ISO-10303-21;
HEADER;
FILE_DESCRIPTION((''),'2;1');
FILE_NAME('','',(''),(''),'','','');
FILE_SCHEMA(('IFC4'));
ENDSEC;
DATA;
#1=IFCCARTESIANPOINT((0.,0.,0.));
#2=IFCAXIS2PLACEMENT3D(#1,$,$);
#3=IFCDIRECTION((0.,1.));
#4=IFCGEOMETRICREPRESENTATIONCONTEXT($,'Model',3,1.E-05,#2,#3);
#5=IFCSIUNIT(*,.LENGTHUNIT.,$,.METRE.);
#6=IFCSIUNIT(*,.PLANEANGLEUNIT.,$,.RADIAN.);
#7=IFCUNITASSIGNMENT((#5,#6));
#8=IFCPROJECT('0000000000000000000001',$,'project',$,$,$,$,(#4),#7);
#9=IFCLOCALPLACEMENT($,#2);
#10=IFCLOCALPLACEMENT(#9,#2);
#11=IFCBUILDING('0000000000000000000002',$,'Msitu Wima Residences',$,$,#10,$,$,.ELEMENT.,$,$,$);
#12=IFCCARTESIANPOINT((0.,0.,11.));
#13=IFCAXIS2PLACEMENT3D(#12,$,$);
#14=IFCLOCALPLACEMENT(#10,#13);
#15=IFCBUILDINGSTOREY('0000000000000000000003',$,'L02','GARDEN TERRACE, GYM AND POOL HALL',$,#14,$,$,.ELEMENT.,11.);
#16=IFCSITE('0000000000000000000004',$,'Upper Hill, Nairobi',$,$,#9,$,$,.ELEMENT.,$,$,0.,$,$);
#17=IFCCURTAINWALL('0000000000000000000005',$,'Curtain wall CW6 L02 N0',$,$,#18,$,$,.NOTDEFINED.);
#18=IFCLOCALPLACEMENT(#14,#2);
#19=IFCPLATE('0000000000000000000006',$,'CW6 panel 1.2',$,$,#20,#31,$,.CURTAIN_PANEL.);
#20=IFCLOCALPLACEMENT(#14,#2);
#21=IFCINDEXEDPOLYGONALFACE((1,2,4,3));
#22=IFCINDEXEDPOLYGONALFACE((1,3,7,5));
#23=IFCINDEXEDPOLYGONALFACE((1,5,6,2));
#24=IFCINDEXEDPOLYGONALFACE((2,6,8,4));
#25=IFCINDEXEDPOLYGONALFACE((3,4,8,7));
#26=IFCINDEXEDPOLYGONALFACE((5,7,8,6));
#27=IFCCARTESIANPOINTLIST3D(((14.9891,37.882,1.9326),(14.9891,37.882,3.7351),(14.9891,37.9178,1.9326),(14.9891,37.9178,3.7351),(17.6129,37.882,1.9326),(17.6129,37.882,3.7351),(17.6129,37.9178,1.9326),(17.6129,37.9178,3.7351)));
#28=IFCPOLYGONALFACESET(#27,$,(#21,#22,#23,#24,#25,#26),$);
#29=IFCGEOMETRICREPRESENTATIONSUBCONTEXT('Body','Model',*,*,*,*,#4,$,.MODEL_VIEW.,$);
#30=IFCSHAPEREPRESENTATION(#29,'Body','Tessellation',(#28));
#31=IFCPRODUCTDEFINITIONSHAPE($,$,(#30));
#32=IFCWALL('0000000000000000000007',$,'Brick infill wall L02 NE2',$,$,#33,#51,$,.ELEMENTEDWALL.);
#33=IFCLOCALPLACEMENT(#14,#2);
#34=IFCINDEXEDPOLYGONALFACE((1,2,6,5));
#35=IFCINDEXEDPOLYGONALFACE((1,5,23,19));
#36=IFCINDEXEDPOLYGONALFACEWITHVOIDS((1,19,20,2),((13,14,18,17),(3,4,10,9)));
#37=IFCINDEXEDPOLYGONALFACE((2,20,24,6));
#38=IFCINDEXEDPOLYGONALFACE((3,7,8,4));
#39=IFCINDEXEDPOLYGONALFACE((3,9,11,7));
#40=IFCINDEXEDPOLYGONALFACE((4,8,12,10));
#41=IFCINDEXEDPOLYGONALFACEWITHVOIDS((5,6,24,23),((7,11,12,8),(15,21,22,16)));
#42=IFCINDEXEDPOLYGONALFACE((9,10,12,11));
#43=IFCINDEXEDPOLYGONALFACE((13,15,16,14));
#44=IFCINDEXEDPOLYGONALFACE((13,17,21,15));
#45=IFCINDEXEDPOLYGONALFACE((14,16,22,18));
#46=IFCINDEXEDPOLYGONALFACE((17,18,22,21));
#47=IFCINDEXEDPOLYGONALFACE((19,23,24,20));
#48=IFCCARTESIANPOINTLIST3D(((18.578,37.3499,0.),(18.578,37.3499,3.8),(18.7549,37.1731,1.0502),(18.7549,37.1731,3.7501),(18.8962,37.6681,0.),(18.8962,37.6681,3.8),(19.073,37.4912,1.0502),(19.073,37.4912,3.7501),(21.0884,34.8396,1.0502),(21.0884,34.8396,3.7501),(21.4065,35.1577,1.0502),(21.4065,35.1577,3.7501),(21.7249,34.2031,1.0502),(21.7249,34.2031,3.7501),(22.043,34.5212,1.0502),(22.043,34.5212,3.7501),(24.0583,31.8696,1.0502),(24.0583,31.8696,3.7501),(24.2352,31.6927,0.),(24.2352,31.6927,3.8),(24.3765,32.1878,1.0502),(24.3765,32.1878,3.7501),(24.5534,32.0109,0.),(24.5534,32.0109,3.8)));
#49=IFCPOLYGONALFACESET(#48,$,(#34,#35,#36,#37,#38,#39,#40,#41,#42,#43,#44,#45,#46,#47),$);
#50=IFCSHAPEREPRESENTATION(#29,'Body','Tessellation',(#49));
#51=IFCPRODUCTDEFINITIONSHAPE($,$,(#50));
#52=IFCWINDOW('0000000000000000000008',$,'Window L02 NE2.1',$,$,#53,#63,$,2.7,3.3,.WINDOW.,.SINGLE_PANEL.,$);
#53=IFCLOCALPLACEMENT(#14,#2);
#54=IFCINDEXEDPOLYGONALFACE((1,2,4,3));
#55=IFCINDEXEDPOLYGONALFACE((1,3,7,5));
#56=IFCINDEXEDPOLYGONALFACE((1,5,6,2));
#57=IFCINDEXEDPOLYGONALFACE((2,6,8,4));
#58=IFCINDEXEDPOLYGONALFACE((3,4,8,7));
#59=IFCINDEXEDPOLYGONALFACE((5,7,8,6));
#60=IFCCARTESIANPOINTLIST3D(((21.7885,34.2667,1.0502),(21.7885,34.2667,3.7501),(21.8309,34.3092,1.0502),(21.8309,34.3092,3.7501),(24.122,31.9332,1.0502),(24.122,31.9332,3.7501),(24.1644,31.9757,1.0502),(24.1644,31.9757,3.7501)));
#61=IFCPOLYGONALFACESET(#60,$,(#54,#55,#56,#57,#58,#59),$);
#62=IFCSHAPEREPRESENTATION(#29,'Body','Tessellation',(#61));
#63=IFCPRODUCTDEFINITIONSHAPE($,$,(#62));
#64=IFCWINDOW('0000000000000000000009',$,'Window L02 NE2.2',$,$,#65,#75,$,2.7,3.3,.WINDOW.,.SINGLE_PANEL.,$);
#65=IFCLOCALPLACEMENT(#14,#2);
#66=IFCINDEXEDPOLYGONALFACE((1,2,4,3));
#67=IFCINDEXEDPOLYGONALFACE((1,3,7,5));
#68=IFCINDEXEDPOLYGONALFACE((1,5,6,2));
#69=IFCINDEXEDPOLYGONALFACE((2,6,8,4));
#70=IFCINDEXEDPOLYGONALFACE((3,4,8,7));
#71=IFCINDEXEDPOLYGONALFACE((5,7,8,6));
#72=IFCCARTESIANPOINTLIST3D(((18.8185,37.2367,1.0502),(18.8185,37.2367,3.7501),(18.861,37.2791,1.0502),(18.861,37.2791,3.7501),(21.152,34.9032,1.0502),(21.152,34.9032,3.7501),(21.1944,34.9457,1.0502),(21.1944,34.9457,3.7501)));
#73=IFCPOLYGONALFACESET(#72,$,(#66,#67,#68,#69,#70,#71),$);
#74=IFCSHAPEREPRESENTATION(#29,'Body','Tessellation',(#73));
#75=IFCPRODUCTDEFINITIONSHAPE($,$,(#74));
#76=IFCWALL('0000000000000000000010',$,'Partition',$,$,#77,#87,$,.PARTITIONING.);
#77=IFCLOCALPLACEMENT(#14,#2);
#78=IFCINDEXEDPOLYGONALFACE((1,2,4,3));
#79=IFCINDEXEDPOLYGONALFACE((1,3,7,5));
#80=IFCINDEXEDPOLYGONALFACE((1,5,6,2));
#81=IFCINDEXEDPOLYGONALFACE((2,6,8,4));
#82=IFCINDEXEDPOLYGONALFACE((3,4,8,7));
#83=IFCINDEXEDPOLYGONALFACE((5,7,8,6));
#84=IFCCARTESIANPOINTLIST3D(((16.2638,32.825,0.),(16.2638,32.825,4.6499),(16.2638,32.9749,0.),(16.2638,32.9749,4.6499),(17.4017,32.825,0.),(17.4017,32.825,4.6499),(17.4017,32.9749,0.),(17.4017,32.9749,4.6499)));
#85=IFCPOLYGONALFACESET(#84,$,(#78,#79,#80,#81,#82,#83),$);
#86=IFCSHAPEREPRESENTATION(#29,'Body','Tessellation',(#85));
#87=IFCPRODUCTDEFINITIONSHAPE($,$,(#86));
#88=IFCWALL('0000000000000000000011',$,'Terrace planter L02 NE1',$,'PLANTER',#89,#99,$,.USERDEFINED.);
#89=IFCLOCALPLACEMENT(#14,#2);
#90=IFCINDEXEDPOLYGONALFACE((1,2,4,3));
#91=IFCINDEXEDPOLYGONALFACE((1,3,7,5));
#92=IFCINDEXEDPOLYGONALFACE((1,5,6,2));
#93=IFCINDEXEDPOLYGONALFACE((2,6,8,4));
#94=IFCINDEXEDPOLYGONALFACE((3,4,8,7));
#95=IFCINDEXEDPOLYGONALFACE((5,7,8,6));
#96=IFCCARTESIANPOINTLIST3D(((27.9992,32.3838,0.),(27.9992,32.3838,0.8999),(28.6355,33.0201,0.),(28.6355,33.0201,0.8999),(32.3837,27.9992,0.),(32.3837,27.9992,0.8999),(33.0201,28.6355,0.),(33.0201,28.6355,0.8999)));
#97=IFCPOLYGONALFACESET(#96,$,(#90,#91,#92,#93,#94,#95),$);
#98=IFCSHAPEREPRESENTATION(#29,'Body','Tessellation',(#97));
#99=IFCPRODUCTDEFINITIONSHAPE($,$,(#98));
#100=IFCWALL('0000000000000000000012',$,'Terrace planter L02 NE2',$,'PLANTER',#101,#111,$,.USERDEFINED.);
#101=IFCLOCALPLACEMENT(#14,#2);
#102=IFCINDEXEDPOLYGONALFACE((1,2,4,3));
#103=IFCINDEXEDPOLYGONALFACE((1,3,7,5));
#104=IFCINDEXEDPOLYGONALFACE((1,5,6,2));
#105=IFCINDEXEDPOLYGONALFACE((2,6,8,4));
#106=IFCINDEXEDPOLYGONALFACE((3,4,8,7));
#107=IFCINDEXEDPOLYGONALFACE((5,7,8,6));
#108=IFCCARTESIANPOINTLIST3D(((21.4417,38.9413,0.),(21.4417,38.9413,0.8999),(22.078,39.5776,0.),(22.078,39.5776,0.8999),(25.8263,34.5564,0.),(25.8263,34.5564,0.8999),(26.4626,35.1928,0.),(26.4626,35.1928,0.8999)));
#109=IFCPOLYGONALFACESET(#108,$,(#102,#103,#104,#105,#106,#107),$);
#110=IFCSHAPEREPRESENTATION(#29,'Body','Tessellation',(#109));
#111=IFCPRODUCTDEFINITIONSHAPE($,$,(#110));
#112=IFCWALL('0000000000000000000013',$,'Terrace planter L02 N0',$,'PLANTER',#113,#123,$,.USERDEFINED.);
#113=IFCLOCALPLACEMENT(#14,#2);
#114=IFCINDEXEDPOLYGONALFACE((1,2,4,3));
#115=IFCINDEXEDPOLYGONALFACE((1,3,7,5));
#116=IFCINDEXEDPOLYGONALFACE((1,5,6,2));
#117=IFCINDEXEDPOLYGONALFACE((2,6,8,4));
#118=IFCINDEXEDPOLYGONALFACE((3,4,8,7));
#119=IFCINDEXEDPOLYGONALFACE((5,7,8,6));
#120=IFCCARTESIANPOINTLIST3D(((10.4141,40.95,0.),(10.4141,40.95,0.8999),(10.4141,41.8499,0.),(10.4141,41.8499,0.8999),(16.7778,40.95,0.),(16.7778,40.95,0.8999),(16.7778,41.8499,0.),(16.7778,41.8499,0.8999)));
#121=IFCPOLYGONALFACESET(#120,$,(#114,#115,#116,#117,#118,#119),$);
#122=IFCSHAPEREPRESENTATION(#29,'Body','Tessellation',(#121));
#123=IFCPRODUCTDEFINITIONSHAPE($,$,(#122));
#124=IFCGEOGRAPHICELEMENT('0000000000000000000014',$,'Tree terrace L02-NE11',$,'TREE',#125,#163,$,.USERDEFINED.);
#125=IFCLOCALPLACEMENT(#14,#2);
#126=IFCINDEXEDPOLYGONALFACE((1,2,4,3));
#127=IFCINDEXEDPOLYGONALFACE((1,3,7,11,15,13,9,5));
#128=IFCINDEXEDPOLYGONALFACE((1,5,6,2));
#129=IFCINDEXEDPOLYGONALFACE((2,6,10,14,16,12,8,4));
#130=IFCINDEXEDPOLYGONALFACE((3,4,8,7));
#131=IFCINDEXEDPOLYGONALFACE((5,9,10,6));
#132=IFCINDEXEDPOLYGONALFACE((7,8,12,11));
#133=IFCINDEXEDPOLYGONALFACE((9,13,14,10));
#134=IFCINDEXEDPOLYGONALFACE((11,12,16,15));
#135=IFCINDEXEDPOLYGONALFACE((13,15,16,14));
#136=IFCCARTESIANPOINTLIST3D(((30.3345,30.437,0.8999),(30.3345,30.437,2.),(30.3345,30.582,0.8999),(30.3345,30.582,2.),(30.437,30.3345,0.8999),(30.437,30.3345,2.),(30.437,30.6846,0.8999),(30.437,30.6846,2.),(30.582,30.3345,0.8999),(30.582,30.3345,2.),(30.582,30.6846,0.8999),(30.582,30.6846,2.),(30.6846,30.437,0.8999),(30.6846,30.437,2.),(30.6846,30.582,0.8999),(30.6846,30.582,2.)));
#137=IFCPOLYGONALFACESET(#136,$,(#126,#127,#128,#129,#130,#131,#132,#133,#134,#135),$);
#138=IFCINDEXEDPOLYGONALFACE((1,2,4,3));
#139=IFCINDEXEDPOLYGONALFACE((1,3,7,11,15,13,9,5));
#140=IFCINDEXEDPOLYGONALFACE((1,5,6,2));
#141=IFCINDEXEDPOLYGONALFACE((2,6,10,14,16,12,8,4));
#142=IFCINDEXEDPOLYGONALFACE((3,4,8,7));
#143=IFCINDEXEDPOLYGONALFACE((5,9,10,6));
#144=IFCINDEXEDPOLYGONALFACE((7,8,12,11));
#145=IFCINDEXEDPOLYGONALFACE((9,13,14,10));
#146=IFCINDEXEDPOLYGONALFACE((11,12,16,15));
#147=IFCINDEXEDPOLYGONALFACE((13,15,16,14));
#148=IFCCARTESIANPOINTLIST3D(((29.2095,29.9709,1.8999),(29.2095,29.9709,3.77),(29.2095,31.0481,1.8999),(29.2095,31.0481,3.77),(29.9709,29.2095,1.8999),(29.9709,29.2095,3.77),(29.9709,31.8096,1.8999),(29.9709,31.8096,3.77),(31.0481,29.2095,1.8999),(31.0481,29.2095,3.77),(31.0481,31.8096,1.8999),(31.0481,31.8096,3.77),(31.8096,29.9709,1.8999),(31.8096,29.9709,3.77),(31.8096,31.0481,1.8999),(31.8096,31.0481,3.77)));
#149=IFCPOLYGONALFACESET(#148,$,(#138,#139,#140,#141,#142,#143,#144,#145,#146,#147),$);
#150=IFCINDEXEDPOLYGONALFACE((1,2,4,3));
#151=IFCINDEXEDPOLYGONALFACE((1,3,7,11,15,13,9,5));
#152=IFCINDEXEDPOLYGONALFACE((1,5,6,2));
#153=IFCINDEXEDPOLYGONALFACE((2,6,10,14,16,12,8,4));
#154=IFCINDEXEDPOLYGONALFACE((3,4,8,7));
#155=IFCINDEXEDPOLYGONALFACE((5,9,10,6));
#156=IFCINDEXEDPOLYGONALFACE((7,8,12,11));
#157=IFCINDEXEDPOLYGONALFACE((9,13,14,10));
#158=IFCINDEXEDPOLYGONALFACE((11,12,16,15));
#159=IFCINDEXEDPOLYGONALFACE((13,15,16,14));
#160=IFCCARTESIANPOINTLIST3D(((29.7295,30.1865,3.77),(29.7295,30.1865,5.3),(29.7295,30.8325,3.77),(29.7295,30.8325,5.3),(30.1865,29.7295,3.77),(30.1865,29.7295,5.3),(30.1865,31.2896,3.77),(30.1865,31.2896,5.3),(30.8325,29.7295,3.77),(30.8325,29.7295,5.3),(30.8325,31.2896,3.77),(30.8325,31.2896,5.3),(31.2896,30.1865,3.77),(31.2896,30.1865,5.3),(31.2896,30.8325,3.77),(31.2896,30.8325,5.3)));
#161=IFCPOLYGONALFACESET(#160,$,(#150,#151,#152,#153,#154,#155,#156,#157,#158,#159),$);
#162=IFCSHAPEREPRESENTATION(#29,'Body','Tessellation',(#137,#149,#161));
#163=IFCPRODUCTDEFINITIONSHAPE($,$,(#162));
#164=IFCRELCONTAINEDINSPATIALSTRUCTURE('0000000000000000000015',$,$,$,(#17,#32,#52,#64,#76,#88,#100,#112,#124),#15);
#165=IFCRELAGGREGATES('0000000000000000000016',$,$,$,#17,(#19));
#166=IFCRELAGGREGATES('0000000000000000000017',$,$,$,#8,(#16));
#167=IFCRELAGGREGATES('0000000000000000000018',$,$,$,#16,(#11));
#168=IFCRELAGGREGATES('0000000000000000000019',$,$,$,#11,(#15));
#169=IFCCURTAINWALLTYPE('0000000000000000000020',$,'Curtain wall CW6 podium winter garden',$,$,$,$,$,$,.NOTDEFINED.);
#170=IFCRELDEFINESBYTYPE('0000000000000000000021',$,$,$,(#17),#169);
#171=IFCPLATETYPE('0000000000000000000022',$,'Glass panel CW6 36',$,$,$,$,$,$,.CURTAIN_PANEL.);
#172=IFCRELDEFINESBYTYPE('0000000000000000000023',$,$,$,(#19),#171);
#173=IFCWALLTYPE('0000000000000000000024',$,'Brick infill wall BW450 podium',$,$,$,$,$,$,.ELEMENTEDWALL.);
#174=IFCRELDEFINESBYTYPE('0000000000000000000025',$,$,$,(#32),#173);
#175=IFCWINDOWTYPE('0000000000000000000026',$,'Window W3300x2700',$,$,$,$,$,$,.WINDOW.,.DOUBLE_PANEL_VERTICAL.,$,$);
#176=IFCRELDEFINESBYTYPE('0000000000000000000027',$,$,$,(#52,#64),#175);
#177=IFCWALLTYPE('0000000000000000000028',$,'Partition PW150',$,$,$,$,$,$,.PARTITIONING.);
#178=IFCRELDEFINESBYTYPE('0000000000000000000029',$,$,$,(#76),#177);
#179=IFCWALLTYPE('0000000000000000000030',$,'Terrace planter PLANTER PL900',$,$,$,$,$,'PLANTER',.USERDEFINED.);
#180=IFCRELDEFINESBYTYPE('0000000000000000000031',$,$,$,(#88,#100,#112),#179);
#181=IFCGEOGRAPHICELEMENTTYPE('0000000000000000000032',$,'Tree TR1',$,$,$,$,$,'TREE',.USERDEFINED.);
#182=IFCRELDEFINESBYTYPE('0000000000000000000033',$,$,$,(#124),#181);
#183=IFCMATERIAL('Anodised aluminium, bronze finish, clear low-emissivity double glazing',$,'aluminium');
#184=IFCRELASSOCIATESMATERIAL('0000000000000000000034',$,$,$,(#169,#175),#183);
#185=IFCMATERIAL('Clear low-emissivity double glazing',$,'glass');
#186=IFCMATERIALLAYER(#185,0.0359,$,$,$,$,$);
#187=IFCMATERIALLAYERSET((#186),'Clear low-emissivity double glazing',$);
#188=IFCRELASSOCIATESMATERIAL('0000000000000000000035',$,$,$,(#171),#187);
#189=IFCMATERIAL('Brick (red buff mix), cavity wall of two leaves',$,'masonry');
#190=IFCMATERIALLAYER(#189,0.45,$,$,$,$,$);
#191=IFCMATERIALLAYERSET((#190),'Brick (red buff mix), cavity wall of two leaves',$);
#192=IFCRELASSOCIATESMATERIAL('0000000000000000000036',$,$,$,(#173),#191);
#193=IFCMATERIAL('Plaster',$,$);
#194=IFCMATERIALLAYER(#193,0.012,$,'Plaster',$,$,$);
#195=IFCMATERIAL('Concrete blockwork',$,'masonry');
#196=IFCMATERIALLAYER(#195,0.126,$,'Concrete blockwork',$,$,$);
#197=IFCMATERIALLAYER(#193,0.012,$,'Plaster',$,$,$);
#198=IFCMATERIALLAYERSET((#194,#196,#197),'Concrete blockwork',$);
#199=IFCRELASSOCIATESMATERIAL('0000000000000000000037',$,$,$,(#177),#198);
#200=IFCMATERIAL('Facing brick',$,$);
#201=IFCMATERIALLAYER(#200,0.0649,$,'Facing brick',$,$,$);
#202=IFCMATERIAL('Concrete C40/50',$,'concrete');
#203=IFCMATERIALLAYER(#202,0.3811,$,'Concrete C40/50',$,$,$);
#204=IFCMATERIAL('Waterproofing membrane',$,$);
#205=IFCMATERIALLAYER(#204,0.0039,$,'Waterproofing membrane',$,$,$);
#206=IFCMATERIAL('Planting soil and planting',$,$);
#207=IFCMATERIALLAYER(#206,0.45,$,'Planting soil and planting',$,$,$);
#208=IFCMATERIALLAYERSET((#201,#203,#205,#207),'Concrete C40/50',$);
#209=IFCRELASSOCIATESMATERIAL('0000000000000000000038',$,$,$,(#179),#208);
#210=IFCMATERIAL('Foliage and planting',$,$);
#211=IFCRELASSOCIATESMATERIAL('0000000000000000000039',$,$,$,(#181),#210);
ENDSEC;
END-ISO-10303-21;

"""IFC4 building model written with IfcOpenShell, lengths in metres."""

from ifc_helpers import new_model, si_unit, direction, frame, frame_2d, origin, origin_2d, place, context, subcontext, project, spatial, polyline, rectangle, outline, extrude, material, layer, layer_set, type_object, element, fill, aggregate, save


model = new_model("IFC4")

# Units and contexts
model_context = context("Model", 3, precision=1e-05, world=origin(), true_north=direction((0.0, 1.0)))
body_context = subcontext(model_context, "Body", "Model", "MODEL_VIEW")
ifc_project = project(units=[si_unit("LENGTHUNIT", "METRE"), si_unit("PLANEANGLEUNIT", "RADIAN")], contexts=[model_context])

# Site, building, storey
site_placement = place(None, origin())
site = spatial("IfcSite", under=ifc_project, at=site_placement, Name="Upper Hill, Nairobi", CompositionType="ELEMENT", RefElevation=0.0)
building_placement = place(site_placement, origin())
building = spatial("IfcBuilding", under=site, at=building_placement, Name="Msitu Wima Residences", CompositionType="ELEMENT")
storey_placement = place(building_placement, frame((0.0, 0.0, 11.0)))
storey = spatial("IfcBuildingStorey", under=building, at=storey_placement, Name="L02", Description="GARDEN TERRACE, GYM AND POOL HALL", CompositionType="ELEMENT", Elevation=11.0)

# Curtain wall
ifc_material_1 = material(Name="Anodised aluminium, bronze finish, clear low-emissivity double glazing", Category="aluminium")
curtain_wall_type = type_object("IfcCurtainWallType", Name="Curtain wall CW6 podium winter garden", PredefinedType="NOTDEFINED", material=ifc_material_1)
curtain_wall_placement = place(storey_placement, origin())
curtain_wall = element("IfcCurtainWall", 1, at=curtain_wall_placement, inside=storey, type_object=curtain_wall_type, Name="Curtain wall CW6 L02 N0", PredefinedType="NOTDEFINED")

# Plate
ifc_material_2 = material(Name="Clear low-emissivity double glazing", Category="glass")
ifc_layer_1 = layer(ifc_material_2, 0.0359)
ifc_layer_set_1 = layer_set([ifc_layer_1], Name="Clear low-emissivity double glazing")
plate_type = type_object("IfcPlateType", Name="Glass panel CW6 36", PredefinedType="CURTAIN_PANEL", material=ifc_layer_set_1)
plate_1_placement = place(storey_placement, frame((16.301, 37.8999, 1.9326), z_axis=(0.0, 0.0, 1.0), x_axis=(-1.0, 0.0, 0.0)))
plate_1 = element("IfcPlate", 2, at=plate_1_placement, type_object=plate_type, Name="CW6 panel 1.2", PredefinedType="CURTAIN_PANEL", context=body_context, shape_type="SweptSolid", body=[
    extrude(rectangle(XDim=2.6238, YDim=0.0359, at=origin_2d()), origin(), (0.0, 0.0, 1.0), 1.8025),
])
aggregate(curtain_wall, [plate_1])

# Wall, openings, windows
ifc_material_3 = material(Name="Brick (red buff mix), cavity wall of two leaves", Category="masonry")
ifc_layer_2 = layer(ifc_material_3, 0.45)
ifc_layer_set_2 = layer_set([ifc_layer_2], Name="Brick (red buff mix), cavity wall of two leaves")
wall_type_1 = type_object("IfcWallType", Name="Brick infill wall BW450 podium", PredefinedType="ELEMENTEDWALL", material=ifc_layer_set_2)
wall_1_placement = place(storey_placement, frame((24.3943, 31.8518, 0.0), z_axis=(0.0, 0.0, 1.0), x_axis=(-0.707107, 0.707107, 0.0)))
wall_1 = element("IfcWall", 3, at=wall_1_placement, inside=storey, type_object=wall_type_1, Name="Brick infill wall L02 NE2", PredefinedType="ELEMENTEDWALL", context=body_context, shape_type="SweptSolid", body=[
    extrude(rectangle(XDim=8.0005, YDim=0.45, at=frame_2d((4.0002, 0.0))), origin(), (0.0, 0.0, 1.0), 3.8),
])
opening_1_placement = place(wall_1_placement, frame((0.2502, 0.0, 1.05)))
opening_1 = element("IfcOpeningElement", 4, at=opening_1_placement, cuts=wall_1, PredefinedType="OPENING", context=body_context, shape_type="SweptSolid", body=[
    extrude(rectangle(XDim=3.3, YDim=2.7, at=frame_2d((1.6499, 1.3501))), frame((0.0, 0.2349, 0.0), z_axis=(0.0, -1.0, 0.0), x_axis=(1.0, 0.0, 0.0)), (0.0, 0.0, 1.0), 0.47),
])
opening_2_placement = place(wall_1_placement, frame((4.4504, 0.0, 1.05)))
opening_2 = element("IfcOpeningElement", 5, at=opening_2_placement, cuts=wall_1, PredefinedType="OPENING", context=body_context, shape_type="SweptSolid", body=[
    extrude(rectangle(XDim=3.3, YDim=2.7, at=frame_2d((1.6499, 1.3501))), frame((0.0, 0.2349, 0.0), z_axis=(0.0, -1.0, 0.0), x_axis=(1.0, 0.0, 0.0)), (0.0, 0.0, 1.0), 0.47),
])
window_type = type_object("IfcWindowType", Name="Window W3300x2700", PartitioningType="DOUBLE_PANEL_VERTICAL", PredefinedType="WINDOW", material=ifc_material_1)
window_1_placement = place(opening_1_placement, origin())
window_1 = element("IfcWindow", 6, at=window_1_placement, inside=storey, type_object=window_type, Name="Window L02 NE2.1", OverallHeight=2.7, OverallWidth=3.3, PartitioningType="SINGLE_PANEL", PredefinedType="WINDOW", context=body_context, shape_type="SweptSolid", body=[
    extrude(rectangle(XDim=3.3, YDim=2.7, at=frame_2d((1.6499, 1.3501))), frame((0.0, 0.135, 0.0), z_axis=(0.0, -1.0, 0.0), x_axis=(1.0, 0.0, 0.0)), (0.0, 0.0, 1.0), 0.0601),
])
fill(opening_1, window_1)
window_2_placement = place(opening_2_placement, origin())
window_2 = element("IfcWindow", 7, at=window_2_placement, inside=storey, type_object=window_type, Name="Window L02 NE2.2", OverallHeight=2.7, OverallWidth=3.3, PartitioningType="SINGLE_PANEL", PredefinedType="WINDOW", context=body_context, shape_type="SweptSolid", body=[
    extrude(rectangle(XDim=3.3, YDim=2.7, at=frame_2d((1.6499, 1.3501))), frame((0.0, 0.135, 0.0), z_axis=(0.0, -1.0, 0.0), x_axis=(1.0, 0.0, 0.0)), (0.0, 0.0, 1.0), 0.0601),
])
fill(opening_2, window_2)

# Walls
ifc_material_4 = material(Name="Plaster")
ifc_layer_3 = layer(ifc_material_4, 0.012, Name="Plaster")
ifc_material_5 = material(Name="Concrete blockwork", Category="masonry")
ifc_layer_4 = layer(ifc_material_5, 0.126, Name="Concrete blockwork")
ifc_layer_5 = layer(ifc_material_4, 0.012, Name="Plaster")
ifc_layer_set_3 = layer_set([ifc_layer_3, ifc_layer_4, ifc_layer_5], Name="Concrete blockwork")
wall_type_2 = type_object("IfcWallType", Name="Partition PW150", PredefinedType="PARTITIONING", material=ifc_layer_set_3)
wall_2_placement = place(storey_placement, frame((16.2639, 32.8999, 0.0), z_axis=(0.0, 0.0, 1.0), x_axis=(1.0, 0.0, 0.0)))
element("IfcWall", 8, at=wall_2_placement, inside=storey, type_object=wall_type_2, Name="Partition", PredefinedType="PARTITIONING", context=body_context, shape_type="SweptSolid", body=[
    extrude(rectangle(XDim=1.1379, YDim=0.1499, at=frame_2d((0.5688, 0.0))), origin(), (0.0, 0.0, 1.0), 4.6499),
])
ifc_material_6 = material(Name="Facing brick")
ifc_layer_6 = layer(ifc_material_6, 0.0649, Name="Facing brick")
ifc_material_7 = material(Name="Concrete C40/50", Category="concrete")
ifc_layer_7 = layer(ifc_material_7, 0.3811, Name="Concrete C40/50")
ifc_material_8 = material(Name="Waterproofing membrane")
ifc_layer_8 = layer(ifc_material_8, 0.0039, Name="Waterproofing membrane")
ifc_material_9 = material(Name="Planting soil and planting")
ifc_layer_9 = layer(ifc_material_9, 0.45, Name="Planting soil and planting")
ifc_layer_set_4 = layer_set([ifc_layer_6, ifc_layer_7, ifc_layer_8, ifc_layer_9], Name="Concrete C40/50")
wall_type_3 = type_object("IfcWallType", Name="Terrace planter PLANTER PL900", ElementType="PLANTER", PredefinedType="USERDEFINED", material=ifc_layer_set_4)
wall_3_placement = place(storey_placement, frame((32.7019, 28.3174, 0.0), z_axis=(0.0, 0.0, 1.0), x_axis=(-0.707107, 0.707107, 0.0)))
element("IfcWall", 9, at=wall_3_placement, inside=storey, type_object=wall_type_3, Name="Terrace planter L02 NE1", ObjectType="PLANTER", PredefinedType="USERDEFINED", context=body_context, shape_type="SweptSolid", body=[
    extrude(rectangle(XDim=6.2007, YDim=0.8999, at=frame_2d((3.1003, 0.0))), origin(), (0.0, 0.0, 1.0), 0.8999),
])
wall_4_placement = place(storey_placement, frame((26.1445, 34.8745, 0.0), z_axis=(0.0, 0.0, 1.0), x_axis=(-0.707087, 0.707126, 0.0)))
element("IfcWall", 10, at=wall_4_placement, inside=storey, type_object=wall_type_3, Name="Terrace planter L02 NE2", ObjectType="PLANTER", PredefinedType="USERDEFINED", context=body_context, shape_type="SweptSolid", body=[
    extrude(rectangle(XDim=6.2009, YDim=0.8999, at=frame_2d((3.1006, 0.0))), origin(), (0.0, 0.0, 1.0), 0.8999),
])
wall_5_placement = place(storey_placement, frame((16.7778, 41.3999, 0.0), z_axis=(0.0, 0.0, 1.0), x_axis=(-1.0, 0.0, 0.0)))
element("IfcWall", 11, at=wall_5_placement, inside=storey, type_object=wall_type_3, Name="Terrace planter L02 N0", ObjectType="PLANTER", PredefinedType="USERDEFINED", context=body_context, shape_type="SweptSolid", body=[
    extrude(rectangle(XDim=6.3638, YDim=0.8999, at=frame_2d((3.1819, 0.0))), origin(), (0.0, 0.0, 1.0), 0.8999),
])

# Geographic element
ifc_material_10 = material(Name="Foliage and planting")
geographic_element_type = type_object("IfcGeographicElementType", Name="Tree TR1", ElementType="TREE", PredefinedType="USERDEFINED", material=ifc_material_10)
for number, where, z_axis, x_axis, name in (
    (12, (30.5095, 30.5095, 0.8999), (0.0, 0.0, 1.0), (1.0, 0.0, 0.0), "Tree terrace L02-NE11"),
):
    element("IfcGeographicElement", number, at=place(storey_placement, frame(where, z_axis=z_axis, x_axis=x_axis)), inside=storey, type_object=geographic_element_type, Name=name, ObjectType="TREE", PredefinedType="USERDEFINED", context=body_context, shape_type="SweptSolid", body=[
        extrude(outline(polyline([(0.175, 0.0725), (0.0725, 0.175), (-0.0725, 0.175), (-0.175, 0.0725), (-0.175, -0.0725), (-0.0725, -0.175), (0.0725, -0.175), (0.175, -0.0725), (0.175, 0.0725)])), origin(), (0.0, 0.0, 1.0), 1.1001),
        extrude(outline(polyline([(1.3, 0.5386), (0.5386, 1.3), (-0.5386, 1.3), (-1.3, 0.5386), (-1.3, -0.5386), (-0.5386, -1.3), (0.5386, -1.3), (1.3, -0.5386), (1.3, 0.5386)])), frame((0.0, 0.0, 1.0)), (0.0, 0.0, 1.0), 1.8701),
        extrude(outline(polyline([(0.78, 0.323), (0.323, 0.78), (-0.323, 0.78), (-0.78, 0.323), (-0.78, -0.323), (-0.323, -0.78), (0.323, -0.78), (0.78, -0.323), (0.78, 0.323)])), frame((0.0, 0.0, 2.8701)), (0.0, 0.0, 1.0), 1.53),
    ])

save(model, "model.ifc")
